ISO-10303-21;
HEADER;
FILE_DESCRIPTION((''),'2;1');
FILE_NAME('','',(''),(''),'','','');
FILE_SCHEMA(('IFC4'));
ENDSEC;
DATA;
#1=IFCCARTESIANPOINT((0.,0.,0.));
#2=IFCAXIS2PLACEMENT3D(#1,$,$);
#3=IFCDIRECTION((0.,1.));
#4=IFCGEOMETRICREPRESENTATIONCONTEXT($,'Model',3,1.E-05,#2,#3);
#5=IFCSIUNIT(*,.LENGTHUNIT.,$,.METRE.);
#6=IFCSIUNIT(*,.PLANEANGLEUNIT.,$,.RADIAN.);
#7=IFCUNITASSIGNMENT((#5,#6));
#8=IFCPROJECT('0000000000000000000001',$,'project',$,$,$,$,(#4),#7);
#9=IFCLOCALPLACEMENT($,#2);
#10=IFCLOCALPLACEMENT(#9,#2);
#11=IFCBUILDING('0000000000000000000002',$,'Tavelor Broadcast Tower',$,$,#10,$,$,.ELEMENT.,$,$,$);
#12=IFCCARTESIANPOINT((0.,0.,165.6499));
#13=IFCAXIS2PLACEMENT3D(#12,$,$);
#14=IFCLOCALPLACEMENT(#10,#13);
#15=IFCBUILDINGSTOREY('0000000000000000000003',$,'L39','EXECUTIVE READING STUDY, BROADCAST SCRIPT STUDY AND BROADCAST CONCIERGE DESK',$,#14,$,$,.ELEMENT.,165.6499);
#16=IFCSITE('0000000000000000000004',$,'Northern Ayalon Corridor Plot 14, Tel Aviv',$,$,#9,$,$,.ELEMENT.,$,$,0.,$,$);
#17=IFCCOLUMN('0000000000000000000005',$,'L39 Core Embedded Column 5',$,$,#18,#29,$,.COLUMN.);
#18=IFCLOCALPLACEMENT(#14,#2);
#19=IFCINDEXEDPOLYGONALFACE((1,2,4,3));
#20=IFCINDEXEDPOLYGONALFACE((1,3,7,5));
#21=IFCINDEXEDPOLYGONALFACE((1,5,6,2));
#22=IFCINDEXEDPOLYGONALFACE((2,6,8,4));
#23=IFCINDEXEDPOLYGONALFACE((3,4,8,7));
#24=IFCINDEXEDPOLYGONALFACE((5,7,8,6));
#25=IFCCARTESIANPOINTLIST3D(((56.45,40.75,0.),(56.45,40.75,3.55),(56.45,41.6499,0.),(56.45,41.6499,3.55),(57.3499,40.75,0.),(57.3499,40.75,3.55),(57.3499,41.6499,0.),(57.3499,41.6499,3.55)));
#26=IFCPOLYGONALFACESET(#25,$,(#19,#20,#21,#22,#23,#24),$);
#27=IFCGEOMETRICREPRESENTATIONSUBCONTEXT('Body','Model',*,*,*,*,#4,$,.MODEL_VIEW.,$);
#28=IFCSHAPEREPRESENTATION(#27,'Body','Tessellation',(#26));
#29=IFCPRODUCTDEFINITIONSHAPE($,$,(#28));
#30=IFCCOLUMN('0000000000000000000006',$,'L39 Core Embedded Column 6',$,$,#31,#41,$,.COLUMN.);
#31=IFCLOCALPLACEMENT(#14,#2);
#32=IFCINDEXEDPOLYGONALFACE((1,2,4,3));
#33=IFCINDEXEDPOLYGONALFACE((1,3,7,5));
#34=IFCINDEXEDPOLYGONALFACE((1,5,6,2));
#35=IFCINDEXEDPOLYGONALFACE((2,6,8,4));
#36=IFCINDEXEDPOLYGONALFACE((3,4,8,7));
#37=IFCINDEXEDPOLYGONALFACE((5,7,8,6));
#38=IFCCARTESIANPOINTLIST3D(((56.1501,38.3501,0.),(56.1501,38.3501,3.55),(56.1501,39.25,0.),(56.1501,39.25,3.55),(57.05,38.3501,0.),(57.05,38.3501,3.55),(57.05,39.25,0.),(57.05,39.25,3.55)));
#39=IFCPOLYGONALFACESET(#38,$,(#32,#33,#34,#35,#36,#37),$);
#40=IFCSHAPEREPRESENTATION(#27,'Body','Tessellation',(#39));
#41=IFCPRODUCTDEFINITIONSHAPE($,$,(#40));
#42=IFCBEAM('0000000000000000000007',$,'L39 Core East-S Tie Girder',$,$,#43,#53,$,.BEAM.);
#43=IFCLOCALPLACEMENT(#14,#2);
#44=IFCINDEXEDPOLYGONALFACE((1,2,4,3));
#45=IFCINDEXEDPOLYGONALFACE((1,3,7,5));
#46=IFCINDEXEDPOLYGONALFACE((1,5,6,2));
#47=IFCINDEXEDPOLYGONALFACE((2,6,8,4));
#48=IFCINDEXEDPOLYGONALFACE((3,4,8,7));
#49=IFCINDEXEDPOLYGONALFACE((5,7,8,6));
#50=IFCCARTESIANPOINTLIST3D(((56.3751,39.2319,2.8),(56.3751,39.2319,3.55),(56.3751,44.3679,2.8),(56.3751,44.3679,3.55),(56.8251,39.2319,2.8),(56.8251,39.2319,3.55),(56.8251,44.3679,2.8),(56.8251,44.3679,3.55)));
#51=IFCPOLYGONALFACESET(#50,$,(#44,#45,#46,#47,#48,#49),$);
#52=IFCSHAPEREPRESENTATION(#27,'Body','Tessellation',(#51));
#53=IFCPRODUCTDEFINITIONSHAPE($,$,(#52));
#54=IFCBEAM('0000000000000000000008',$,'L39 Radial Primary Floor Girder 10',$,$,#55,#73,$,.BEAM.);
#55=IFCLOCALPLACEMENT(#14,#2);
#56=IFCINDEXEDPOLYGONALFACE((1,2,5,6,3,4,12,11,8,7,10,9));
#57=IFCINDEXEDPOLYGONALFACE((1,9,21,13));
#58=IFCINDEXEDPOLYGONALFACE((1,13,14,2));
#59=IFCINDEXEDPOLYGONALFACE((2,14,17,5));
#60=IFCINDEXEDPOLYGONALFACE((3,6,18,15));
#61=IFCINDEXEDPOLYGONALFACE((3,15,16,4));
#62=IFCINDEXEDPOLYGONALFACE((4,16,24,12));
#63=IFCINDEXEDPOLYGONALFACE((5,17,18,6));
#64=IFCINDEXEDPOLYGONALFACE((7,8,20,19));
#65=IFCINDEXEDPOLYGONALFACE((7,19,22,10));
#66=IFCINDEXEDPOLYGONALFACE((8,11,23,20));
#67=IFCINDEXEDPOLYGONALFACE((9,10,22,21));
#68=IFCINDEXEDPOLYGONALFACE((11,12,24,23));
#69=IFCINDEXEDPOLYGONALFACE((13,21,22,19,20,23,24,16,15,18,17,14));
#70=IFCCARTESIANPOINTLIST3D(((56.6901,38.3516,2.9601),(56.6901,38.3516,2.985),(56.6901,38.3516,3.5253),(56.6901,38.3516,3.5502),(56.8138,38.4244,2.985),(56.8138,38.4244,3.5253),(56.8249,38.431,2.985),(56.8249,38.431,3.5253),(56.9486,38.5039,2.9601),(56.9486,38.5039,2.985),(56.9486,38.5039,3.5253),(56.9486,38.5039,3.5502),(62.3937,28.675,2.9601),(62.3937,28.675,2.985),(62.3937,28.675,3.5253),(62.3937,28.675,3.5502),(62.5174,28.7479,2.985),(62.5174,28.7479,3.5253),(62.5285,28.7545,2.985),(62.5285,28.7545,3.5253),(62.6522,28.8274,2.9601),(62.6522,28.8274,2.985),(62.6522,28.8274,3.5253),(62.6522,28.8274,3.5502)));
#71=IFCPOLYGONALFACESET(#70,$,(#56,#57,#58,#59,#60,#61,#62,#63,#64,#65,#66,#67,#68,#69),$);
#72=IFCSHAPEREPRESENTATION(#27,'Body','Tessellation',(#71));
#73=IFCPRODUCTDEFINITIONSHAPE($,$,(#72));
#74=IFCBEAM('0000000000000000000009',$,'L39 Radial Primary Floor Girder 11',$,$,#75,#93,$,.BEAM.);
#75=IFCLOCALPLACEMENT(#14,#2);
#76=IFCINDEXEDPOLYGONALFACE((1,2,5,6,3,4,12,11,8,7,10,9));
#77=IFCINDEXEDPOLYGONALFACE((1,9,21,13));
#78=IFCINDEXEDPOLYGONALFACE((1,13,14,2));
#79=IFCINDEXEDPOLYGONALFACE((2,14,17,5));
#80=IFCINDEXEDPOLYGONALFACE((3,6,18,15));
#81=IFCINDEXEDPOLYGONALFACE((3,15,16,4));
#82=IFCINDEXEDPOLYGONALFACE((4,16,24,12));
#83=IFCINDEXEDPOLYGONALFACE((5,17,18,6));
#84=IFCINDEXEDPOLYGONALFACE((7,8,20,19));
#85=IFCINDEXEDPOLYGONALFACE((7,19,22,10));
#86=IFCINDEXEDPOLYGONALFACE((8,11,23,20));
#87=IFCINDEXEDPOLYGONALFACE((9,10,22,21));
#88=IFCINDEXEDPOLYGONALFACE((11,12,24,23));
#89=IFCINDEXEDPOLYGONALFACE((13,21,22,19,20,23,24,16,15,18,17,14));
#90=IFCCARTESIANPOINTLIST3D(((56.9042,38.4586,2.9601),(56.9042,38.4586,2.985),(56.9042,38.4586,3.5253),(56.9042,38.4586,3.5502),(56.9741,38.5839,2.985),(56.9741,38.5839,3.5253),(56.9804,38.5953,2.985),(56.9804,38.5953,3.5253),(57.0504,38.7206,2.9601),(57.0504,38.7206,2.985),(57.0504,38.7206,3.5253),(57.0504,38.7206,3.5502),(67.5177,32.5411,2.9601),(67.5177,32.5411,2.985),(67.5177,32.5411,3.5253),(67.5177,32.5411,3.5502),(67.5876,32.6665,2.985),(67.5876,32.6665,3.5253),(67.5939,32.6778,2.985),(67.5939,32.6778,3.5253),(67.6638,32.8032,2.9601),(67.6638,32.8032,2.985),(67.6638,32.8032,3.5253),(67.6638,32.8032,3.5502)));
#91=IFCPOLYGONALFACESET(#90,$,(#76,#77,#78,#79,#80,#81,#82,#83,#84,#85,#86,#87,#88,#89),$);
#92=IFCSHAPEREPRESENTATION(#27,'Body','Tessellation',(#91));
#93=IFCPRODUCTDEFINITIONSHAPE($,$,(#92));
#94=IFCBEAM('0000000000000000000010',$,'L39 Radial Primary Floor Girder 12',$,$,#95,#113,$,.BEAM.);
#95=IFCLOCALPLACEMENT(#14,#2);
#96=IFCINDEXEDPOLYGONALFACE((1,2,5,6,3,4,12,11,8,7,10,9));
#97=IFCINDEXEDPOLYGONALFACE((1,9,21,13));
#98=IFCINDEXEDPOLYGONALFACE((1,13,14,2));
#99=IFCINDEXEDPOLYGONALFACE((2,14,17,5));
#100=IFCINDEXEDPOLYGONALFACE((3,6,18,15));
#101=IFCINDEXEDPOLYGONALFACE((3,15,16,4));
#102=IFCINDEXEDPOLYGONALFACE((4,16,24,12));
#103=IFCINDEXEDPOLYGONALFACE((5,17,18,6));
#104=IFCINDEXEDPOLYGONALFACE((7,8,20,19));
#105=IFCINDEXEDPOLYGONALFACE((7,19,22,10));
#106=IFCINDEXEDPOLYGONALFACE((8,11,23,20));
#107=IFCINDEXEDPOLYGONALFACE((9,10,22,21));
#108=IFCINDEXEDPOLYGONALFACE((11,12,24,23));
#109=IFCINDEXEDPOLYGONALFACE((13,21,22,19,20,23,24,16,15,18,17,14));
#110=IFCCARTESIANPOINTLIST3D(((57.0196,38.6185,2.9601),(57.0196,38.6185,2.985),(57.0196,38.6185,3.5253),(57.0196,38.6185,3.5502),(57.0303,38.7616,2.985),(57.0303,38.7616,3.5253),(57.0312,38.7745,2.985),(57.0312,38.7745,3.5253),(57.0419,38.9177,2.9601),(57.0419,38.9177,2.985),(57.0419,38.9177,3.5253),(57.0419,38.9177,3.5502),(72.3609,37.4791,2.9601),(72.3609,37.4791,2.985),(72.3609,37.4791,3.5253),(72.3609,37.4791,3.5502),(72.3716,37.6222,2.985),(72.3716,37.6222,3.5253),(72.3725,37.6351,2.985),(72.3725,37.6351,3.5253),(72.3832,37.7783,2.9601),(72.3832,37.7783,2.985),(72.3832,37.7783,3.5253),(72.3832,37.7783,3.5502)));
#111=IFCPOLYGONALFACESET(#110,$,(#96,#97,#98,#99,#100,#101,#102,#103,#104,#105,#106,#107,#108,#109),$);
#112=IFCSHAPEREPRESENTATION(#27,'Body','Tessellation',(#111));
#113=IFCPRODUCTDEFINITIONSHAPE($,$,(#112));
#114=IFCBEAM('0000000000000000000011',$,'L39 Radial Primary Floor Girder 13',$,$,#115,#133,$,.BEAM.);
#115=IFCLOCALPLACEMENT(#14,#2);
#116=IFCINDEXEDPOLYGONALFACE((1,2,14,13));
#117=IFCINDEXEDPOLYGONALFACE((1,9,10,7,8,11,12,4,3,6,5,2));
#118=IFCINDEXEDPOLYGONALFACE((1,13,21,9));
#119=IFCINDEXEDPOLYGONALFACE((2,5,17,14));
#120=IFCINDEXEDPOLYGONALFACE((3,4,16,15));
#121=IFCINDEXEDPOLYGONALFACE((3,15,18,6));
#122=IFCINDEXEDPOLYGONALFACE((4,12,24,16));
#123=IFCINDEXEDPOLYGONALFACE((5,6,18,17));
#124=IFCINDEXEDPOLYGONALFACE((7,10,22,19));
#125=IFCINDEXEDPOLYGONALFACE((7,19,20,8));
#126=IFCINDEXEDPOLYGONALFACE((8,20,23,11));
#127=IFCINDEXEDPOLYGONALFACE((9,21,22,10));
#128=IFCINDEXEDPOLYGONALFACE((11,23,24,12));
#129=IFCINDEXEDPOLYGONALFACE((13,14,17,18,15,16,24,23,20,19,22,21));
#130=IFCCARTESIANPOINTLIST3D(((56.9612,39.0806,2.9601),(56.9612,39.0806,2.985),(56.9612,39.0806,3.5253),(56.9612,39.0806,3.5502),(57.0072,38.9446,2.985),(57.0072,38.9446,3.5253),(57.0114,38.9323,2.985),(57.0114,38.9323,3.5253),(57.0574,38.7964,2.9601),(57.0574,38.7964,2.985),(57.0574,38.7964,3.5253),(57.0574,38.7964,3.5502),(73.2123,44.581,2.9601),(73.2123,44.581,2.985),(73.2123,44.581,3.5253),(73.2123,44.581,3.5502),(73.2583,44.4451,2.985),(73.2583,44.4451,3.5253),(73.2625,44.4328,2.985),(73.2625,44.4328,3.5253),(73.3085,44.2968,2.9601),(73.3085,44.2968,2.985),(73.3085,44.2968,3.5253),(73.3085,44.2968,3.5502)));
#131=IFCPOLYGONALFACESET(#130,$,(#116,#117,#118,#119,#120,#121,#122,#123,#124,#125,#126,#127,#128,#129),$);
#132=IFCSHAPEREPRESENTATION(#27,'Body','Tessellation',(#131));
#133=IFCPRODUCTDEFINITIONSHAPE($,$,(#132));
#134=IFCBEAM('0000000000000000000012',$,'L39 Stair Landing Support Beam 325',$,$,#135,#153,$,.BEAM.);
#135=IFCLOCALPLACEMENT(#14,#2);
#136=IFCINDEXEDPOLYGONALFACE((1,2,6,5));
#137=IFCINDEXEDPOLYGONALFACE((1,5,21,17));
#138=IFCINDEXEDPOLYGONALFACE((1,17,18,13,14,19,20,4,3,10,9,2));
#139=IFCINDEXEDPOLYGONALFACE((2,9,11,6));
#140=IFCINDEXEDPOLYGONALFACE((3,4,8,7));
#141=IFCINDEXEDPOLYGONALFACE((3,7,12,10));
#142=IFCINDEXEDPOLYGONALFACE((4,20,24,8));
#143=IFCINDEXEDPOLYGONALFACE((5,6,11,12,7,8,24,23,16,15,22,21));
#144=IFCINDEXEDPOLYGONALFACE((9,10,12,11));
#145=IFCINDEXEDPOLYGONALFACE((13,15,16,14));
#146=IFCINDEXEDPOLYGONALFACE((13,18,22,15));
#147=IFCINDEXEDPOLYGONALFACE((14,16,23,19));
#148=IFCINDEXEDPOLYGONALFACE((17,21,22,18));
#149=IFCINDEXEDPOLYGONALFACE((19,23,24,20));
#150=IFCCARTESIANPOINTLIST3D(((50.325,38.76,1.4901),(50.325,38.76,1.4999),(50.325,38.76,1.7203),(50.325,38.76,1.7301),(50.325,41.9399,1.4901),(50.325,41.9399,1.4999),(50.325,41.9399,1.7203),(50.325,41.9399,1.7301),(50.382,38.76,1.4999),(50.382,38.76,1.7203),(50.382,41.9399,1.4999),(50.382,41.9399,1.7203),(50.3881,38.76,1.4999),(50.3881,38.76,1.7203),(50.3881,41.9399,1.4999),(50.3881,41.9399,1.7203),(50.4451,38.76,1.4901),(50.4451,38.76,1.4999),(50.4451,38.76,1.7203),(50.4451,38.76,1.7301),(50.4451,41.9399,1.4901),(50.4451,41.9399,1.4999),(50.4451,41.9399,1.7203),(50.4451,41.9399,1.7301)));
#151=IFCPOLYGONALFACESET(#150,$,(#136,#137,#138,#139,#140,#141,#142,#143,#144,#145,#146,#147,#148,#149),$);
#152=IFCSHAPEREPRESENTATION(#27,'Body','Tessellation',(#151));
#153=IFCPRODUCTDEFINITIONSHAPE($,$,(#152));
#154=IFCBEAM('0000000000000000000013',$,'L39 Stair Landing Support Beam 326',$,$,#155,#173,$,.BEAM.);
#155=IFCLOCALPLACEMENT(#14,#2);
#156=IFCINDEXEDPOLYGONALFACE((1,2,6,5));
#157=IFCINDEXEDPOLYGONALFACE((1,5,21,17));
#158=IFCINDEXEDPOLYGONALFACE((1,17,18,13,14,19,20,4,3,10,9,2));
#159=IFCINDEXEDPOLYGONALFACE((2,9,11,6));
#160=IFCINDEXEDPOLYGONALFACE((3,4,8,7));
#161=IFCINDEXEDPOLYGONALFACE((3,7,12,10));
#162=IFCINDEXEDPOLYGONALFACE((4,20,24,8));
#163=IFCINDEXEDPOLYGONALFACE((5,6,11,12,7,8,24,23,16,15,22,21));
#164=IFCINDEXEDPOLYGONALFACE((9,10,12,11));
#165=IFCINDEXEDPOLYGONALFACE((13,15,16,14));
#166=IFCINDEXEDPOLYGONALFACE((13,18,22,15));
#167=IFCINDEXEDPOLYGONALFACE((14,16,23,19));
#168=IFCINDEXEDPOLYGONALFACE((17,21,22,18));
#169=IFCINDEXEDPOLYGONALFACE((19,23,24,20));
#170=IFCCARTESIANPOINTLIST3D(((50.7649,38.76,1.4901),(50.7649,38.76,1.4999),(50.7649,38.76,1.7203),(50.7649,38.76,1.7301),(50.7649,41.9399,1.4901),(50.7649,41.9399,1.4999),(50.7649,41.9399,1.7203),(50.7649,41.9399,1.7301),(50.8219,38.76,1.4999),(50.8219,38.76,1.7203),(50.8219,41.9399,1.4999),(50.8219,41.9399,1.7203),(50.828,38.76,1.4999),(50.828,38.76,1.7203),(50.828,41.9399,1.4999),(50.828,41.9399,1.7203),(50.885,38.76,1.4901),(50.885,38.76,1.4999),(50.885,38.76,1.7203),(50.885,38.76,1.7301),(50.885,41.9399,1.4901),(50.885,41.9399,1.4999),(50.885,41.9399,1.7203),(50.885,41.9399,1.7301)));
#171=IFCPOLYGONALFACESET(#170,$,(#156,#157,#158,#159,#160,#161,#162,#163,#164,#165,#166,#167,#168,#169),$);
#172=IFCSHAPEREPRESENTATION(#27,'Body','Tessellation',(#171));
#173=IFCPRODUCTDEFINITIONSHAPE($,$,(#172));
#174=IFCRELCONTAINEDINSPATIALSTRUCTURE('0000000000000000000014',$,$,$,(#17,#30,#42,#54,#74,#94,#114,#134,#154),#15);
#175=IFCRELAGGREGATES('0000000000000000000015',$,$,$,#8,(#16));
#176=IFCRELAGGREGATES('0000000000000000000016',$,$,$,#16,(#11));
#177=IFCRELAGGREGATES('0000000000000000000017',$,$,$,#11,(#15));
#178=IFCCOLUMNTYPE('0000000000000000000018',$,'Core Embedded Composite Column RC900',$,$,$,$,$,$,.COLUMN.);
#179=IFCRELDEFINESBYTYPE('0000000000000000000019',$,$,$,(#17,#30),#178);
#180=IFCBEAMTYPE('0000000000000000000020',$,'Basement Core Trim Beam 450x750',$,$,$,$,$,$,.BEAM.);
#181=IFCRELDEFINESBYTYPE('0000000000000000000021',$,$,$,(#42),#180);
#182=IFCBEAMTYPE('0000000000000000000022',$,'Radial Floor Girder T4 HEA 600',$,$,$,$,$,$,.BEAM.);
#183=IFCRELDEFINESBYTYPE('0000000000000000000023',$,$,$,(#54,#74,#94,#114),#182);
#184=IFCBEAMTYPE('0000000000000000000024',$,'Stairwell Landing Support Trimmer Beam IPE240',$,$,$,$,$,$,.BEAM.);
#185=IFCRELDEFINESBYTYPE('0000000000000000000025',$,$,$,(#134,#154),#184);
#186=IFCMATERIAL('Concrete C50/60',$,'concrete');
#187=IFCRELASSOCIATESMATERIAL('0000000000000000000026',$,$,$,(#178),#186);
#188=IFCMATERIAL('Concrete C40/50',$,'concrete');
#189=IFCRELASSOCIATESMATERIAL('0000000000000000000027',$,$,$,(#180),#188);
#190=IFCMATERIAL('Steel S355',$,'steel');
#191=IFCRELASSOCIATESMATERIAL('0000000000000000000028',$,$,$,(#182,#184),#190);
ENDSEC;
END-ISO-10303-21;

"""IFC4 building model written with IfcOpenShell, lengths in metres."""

from ifc_helpers import new_model, si_unit, direction, frame, origin, origin_2d, place, context, subcontext, project, spatial, rectangle, i_section, extrude, material, material_profile, profile_set, type_object, element, save


model = new_model("IFC4")

# Units and contexts
model_context = context("Model", 3, precision=1e-05, world=origin(), true_north=direction((0.0, 1.0)))
body_context = subcontext(model_context, "Body", "Model", "MODEL_VIEW")
ifc_project = project(units=[si_unit("LENGTHUNIT", "METRE"), si_unit("PLANEANGLEUNIT", "RADIAN")], contexts=[model_context])

# Site, building, storey
site_placement = place(None, origin())
site = spatial("IfcSite", under=ifc_project, at=site_placement, Name="Northern Ayalon Corridor Plot 14, Tel Aviv", CompositionType="ELEMENT", RefElevation=0.0)
building_placement = place(site_placement, origin())
building = spatial("IfcBuilding", under=site, at=building_placement, Name="Tavelor Broadcast Tower", CompositionType="ELEMENT")
storey_placement = place(building_placement, frame((0.0, 0.0, 165.6499)))
storey = spatial("IfcBuildingStorey", under=building, at=storey_placement, Name="L39", Description="EXECUTIVE READING STUDY, BROADCAST SCRIPT STUDY AND BROADCAST CONCIERGE DESK", CompositionType="ELEMENT", Elevation=165.6499)

# Columns
ifc_material_1 = material(Name="Concrete C50/60", Category="concrete")
ifc_material_profile_1 = material_profile(ifc_material_1, rectangle(XDim=0.8999, YDim=0.8999, at=origin_2d()), Name="RC 900x900")
ifc_profile_set_1 = profile_set([ifc_material_profile_1], Name="Concrete C50/60")
column_type = type_object("IfcColumnType", Name="Core Embedded Composite Column RC900", PredefinedType="COLUMN", material=ifc_profile_set_1)
for number, where, z_axis, x_axis, name in (
    (1, (56.8999, 41.2, 0.0), (0.0, 0.0, 1.0), (1.0, 0.0, 0.0), "L39 Core Embedded Column 5"),
    (2, (56.6001, 38.8, 0.0), (0.0, 0.0, 1.0), (1.0, 0.0, 0.0), "L39 Core Embedded Column 6"),
):
    element("IfcColumn", number, at=place(storey_placement, frame(where, z_axis=z_axis, x_axis=x_axis)), inside=storey, type_object=column_type, Name=name, PredefinedType="COLUMN", context=body_context, shape_type="SweptSolid", body=[
        extrude(rectangle(XDim=0.8999, YDim=0.8999, at=origin_2d()), origin(), (0.0, 0.0, 1.0), 3.55),
    ])

# Beams
ifc_material_2 = material(Name="Concrete C40/50", Category="concrete")
ifc_material_profile_2 = material_profile(ifc_material_2, rectangle(XDim=0.45, YDim=0.75, at=origin_2d()), Name="RC 450x750")
ifc_profile_set_2 = profile_set([ifc_material_profile_2], Name="Concrete C40/50")
beam_type_1 = type_object("IfcBeamType", Name="Basement Core Trim Beam 450x750", PredefinedType="BEAM", material=ifc_profile_set_2)
beam_1_placement = place(storey_placement, frame((56.6001, 39.2319, 3.175), z_axis=(0.0, 1.0, 0.0), x_axis=(-1.0, 0.0, 0.0)))
element("IfcBeam", 3, at=beam_1_placement, inside=storey, type_object=beam_type_1, Name="L39 Core East-S Tie Girder", PredefinedType="BEAM", context=body_context, shape_type="SweptSolid", body=[
    extrude(rectangle(XDim=0.45, YDim=0.75, at=origin_2d()), origin(), (0.0, 0.0, 1.0), 5.136),
])
ifc_material_3 = material(Name="Steel S355", Category="steel")
ifc_material_profile_3 = material_profile(ifc_material_3, i_section(OverallWidth=0.3, OverallDepth=0.5901, WebThickness=0.0129, FlangeThickness=0.0249, at=origin_2d()), Name="HEA 600")
ifc_profile_set_3 = profile_set([ifc_material_profile_3], Name="Steel S355")
beam_type_2 = type_object("IfcBeamType", Name="Radial Floor Girder T4 HEA 600", PredefinedType="BEAM", material=ifc_profile_set_3)
beam_2_placement = place(storey_placement, frame((56.8193, 38.4277, 3.2551), z_axis=(0.507784, -0.861485, 0.0), x_axis=(0.861485, 0.507784, 0.0)))
element("IfcBeam", 4, at=beam_2_placement, inside=storey, type_object=beam_type_2, Name="L39 Radial Primary Floor Girder 10", PredefinedType="BEAM", context=body_context, shape_type="SweptSolid", body=[
    extrude(i_section(OverallWidth=0.3, OverallDepth=0.5901, WebThickness=0.0129, FlangeThickness=0.0249, at=origin_2d()), origin(), (0.0, 0.0, 1.0), 11.2324),
])
beam_3_placement = place(storey_placement, frame((56.9773, 38.5896, 3.2551), z_axis=(0.87342, -0.486968, 0.0), x_axis=(0.486968, 0.87342, 0.0)))
element("IfcBeam", 5, at=beam_3_placement, inside=storey, type_object=beam_type_2, Name="L39 Radial Primary Floor Girder 11", PredefinedType="BEAM", context=body_context, shape_type="SweptSolid", body=[
    extrude(i_section(OverallWidth=0.3, OverallDepth=0.5901, WebThickness=0.0129, FlangeThickness=0.0249, at=origin_2d()), origin(), (0.0, 0.0, 1.0), 12.1516),
])
beam_4_placement = place(storey_placement, frame((57.0308, 38.7681, 3.2551), z_axis=(0.997253, -0.074066, 0.0), x_axis=(0.074066, 0.997253, 0.0)))
element("IfcBeam", 6, at=beam_4_placement, inside=storey, type_object=beam_type_2, Name="L39 Radial Primary Floor Girder 12", PredefinedType="BEAM", context=body_context, shape_type="SweptSolid", body=[
    extrude(i_section(OverallWidth=0.3, OverallDepth=0.5901, WebThickness=0.0129, FlangeThickness=0.0249, at=origin_2d()), origin(), (0.0, 0.0, 1.0), 15.3835),
])
beam_5_placement = place(storey_placement, frame((57.0093, 38.9385, 3.2551), z_axis=(0.947215, 0.3206, 0.0), x_axis=(-0.3206, 0.947215, 0.0)))
element("IfcBeam", 7, at=beam_5_placement, inside=storey, type_object=beam_type_2, Name="L39 Radial Primary Floor Girder 13", PredefinedType="BEAM", context=body_context, shape_type="SweptSolid", body=[
    extrude(i_section(OverallWidth=0.3, OverallDepth=0.5901, WebThickness=0.0129, FlangeThickness=0.0249, at=origin_2d()), origin(), (0.0, 0.0, 1.0), 17.1567),
])
ifc_material_profile_4 = material_profile(ifc_material_3, i_section(OverallWidth=0.1201, OverallDepth=0.24, WebThickness=0.0061, FlangeThickness=0.0098, at=origin_2d()), Name="IPE 240")
ifc_profile_set_4 = profile_set([ifc_material_profile_4], Name="Steel S355")
beam_type_3 = type_object("IfcBeamType", Name="Stairwell Landing Support Trimmer Beam IPE240", PredefinedType="BEAM", material=ifc_profile_set_4)
for number, where, z_axis, x_axis, name in (
    (8, (50.385, 38.76, 1.6101), (0.0, 1.0, 0.0), (-1.0, 0.0, 0.0), "L39 Stair Landing Support Beam 325"),
    (9, (50.825, 38.76, 1.6101), (0.0, 1.0, 0.0), (-1.0, 0.0, 0.0), "L39 Stair Landing Support Beam 326"),
):
    element("IfcBeam", number, at=place(storey_placement, frame(where, z_axis=z_axis, x_axis=x_axis)), inside=storey, type_object=beam_type_3, Name=name, PredefinedType="BEAM", context=body_context, shape_type="SweptSolid", body=[
        extrude(i_section(OverallWidth=0.1201, OverallDepth=0.24, WebThickness=0.0061, FlangeThickness=0.0098, at=origin_2d()), origin(), (0.0, 0.0, 1.0), 3.1799),
    ])

save(model, "model.ifc")
